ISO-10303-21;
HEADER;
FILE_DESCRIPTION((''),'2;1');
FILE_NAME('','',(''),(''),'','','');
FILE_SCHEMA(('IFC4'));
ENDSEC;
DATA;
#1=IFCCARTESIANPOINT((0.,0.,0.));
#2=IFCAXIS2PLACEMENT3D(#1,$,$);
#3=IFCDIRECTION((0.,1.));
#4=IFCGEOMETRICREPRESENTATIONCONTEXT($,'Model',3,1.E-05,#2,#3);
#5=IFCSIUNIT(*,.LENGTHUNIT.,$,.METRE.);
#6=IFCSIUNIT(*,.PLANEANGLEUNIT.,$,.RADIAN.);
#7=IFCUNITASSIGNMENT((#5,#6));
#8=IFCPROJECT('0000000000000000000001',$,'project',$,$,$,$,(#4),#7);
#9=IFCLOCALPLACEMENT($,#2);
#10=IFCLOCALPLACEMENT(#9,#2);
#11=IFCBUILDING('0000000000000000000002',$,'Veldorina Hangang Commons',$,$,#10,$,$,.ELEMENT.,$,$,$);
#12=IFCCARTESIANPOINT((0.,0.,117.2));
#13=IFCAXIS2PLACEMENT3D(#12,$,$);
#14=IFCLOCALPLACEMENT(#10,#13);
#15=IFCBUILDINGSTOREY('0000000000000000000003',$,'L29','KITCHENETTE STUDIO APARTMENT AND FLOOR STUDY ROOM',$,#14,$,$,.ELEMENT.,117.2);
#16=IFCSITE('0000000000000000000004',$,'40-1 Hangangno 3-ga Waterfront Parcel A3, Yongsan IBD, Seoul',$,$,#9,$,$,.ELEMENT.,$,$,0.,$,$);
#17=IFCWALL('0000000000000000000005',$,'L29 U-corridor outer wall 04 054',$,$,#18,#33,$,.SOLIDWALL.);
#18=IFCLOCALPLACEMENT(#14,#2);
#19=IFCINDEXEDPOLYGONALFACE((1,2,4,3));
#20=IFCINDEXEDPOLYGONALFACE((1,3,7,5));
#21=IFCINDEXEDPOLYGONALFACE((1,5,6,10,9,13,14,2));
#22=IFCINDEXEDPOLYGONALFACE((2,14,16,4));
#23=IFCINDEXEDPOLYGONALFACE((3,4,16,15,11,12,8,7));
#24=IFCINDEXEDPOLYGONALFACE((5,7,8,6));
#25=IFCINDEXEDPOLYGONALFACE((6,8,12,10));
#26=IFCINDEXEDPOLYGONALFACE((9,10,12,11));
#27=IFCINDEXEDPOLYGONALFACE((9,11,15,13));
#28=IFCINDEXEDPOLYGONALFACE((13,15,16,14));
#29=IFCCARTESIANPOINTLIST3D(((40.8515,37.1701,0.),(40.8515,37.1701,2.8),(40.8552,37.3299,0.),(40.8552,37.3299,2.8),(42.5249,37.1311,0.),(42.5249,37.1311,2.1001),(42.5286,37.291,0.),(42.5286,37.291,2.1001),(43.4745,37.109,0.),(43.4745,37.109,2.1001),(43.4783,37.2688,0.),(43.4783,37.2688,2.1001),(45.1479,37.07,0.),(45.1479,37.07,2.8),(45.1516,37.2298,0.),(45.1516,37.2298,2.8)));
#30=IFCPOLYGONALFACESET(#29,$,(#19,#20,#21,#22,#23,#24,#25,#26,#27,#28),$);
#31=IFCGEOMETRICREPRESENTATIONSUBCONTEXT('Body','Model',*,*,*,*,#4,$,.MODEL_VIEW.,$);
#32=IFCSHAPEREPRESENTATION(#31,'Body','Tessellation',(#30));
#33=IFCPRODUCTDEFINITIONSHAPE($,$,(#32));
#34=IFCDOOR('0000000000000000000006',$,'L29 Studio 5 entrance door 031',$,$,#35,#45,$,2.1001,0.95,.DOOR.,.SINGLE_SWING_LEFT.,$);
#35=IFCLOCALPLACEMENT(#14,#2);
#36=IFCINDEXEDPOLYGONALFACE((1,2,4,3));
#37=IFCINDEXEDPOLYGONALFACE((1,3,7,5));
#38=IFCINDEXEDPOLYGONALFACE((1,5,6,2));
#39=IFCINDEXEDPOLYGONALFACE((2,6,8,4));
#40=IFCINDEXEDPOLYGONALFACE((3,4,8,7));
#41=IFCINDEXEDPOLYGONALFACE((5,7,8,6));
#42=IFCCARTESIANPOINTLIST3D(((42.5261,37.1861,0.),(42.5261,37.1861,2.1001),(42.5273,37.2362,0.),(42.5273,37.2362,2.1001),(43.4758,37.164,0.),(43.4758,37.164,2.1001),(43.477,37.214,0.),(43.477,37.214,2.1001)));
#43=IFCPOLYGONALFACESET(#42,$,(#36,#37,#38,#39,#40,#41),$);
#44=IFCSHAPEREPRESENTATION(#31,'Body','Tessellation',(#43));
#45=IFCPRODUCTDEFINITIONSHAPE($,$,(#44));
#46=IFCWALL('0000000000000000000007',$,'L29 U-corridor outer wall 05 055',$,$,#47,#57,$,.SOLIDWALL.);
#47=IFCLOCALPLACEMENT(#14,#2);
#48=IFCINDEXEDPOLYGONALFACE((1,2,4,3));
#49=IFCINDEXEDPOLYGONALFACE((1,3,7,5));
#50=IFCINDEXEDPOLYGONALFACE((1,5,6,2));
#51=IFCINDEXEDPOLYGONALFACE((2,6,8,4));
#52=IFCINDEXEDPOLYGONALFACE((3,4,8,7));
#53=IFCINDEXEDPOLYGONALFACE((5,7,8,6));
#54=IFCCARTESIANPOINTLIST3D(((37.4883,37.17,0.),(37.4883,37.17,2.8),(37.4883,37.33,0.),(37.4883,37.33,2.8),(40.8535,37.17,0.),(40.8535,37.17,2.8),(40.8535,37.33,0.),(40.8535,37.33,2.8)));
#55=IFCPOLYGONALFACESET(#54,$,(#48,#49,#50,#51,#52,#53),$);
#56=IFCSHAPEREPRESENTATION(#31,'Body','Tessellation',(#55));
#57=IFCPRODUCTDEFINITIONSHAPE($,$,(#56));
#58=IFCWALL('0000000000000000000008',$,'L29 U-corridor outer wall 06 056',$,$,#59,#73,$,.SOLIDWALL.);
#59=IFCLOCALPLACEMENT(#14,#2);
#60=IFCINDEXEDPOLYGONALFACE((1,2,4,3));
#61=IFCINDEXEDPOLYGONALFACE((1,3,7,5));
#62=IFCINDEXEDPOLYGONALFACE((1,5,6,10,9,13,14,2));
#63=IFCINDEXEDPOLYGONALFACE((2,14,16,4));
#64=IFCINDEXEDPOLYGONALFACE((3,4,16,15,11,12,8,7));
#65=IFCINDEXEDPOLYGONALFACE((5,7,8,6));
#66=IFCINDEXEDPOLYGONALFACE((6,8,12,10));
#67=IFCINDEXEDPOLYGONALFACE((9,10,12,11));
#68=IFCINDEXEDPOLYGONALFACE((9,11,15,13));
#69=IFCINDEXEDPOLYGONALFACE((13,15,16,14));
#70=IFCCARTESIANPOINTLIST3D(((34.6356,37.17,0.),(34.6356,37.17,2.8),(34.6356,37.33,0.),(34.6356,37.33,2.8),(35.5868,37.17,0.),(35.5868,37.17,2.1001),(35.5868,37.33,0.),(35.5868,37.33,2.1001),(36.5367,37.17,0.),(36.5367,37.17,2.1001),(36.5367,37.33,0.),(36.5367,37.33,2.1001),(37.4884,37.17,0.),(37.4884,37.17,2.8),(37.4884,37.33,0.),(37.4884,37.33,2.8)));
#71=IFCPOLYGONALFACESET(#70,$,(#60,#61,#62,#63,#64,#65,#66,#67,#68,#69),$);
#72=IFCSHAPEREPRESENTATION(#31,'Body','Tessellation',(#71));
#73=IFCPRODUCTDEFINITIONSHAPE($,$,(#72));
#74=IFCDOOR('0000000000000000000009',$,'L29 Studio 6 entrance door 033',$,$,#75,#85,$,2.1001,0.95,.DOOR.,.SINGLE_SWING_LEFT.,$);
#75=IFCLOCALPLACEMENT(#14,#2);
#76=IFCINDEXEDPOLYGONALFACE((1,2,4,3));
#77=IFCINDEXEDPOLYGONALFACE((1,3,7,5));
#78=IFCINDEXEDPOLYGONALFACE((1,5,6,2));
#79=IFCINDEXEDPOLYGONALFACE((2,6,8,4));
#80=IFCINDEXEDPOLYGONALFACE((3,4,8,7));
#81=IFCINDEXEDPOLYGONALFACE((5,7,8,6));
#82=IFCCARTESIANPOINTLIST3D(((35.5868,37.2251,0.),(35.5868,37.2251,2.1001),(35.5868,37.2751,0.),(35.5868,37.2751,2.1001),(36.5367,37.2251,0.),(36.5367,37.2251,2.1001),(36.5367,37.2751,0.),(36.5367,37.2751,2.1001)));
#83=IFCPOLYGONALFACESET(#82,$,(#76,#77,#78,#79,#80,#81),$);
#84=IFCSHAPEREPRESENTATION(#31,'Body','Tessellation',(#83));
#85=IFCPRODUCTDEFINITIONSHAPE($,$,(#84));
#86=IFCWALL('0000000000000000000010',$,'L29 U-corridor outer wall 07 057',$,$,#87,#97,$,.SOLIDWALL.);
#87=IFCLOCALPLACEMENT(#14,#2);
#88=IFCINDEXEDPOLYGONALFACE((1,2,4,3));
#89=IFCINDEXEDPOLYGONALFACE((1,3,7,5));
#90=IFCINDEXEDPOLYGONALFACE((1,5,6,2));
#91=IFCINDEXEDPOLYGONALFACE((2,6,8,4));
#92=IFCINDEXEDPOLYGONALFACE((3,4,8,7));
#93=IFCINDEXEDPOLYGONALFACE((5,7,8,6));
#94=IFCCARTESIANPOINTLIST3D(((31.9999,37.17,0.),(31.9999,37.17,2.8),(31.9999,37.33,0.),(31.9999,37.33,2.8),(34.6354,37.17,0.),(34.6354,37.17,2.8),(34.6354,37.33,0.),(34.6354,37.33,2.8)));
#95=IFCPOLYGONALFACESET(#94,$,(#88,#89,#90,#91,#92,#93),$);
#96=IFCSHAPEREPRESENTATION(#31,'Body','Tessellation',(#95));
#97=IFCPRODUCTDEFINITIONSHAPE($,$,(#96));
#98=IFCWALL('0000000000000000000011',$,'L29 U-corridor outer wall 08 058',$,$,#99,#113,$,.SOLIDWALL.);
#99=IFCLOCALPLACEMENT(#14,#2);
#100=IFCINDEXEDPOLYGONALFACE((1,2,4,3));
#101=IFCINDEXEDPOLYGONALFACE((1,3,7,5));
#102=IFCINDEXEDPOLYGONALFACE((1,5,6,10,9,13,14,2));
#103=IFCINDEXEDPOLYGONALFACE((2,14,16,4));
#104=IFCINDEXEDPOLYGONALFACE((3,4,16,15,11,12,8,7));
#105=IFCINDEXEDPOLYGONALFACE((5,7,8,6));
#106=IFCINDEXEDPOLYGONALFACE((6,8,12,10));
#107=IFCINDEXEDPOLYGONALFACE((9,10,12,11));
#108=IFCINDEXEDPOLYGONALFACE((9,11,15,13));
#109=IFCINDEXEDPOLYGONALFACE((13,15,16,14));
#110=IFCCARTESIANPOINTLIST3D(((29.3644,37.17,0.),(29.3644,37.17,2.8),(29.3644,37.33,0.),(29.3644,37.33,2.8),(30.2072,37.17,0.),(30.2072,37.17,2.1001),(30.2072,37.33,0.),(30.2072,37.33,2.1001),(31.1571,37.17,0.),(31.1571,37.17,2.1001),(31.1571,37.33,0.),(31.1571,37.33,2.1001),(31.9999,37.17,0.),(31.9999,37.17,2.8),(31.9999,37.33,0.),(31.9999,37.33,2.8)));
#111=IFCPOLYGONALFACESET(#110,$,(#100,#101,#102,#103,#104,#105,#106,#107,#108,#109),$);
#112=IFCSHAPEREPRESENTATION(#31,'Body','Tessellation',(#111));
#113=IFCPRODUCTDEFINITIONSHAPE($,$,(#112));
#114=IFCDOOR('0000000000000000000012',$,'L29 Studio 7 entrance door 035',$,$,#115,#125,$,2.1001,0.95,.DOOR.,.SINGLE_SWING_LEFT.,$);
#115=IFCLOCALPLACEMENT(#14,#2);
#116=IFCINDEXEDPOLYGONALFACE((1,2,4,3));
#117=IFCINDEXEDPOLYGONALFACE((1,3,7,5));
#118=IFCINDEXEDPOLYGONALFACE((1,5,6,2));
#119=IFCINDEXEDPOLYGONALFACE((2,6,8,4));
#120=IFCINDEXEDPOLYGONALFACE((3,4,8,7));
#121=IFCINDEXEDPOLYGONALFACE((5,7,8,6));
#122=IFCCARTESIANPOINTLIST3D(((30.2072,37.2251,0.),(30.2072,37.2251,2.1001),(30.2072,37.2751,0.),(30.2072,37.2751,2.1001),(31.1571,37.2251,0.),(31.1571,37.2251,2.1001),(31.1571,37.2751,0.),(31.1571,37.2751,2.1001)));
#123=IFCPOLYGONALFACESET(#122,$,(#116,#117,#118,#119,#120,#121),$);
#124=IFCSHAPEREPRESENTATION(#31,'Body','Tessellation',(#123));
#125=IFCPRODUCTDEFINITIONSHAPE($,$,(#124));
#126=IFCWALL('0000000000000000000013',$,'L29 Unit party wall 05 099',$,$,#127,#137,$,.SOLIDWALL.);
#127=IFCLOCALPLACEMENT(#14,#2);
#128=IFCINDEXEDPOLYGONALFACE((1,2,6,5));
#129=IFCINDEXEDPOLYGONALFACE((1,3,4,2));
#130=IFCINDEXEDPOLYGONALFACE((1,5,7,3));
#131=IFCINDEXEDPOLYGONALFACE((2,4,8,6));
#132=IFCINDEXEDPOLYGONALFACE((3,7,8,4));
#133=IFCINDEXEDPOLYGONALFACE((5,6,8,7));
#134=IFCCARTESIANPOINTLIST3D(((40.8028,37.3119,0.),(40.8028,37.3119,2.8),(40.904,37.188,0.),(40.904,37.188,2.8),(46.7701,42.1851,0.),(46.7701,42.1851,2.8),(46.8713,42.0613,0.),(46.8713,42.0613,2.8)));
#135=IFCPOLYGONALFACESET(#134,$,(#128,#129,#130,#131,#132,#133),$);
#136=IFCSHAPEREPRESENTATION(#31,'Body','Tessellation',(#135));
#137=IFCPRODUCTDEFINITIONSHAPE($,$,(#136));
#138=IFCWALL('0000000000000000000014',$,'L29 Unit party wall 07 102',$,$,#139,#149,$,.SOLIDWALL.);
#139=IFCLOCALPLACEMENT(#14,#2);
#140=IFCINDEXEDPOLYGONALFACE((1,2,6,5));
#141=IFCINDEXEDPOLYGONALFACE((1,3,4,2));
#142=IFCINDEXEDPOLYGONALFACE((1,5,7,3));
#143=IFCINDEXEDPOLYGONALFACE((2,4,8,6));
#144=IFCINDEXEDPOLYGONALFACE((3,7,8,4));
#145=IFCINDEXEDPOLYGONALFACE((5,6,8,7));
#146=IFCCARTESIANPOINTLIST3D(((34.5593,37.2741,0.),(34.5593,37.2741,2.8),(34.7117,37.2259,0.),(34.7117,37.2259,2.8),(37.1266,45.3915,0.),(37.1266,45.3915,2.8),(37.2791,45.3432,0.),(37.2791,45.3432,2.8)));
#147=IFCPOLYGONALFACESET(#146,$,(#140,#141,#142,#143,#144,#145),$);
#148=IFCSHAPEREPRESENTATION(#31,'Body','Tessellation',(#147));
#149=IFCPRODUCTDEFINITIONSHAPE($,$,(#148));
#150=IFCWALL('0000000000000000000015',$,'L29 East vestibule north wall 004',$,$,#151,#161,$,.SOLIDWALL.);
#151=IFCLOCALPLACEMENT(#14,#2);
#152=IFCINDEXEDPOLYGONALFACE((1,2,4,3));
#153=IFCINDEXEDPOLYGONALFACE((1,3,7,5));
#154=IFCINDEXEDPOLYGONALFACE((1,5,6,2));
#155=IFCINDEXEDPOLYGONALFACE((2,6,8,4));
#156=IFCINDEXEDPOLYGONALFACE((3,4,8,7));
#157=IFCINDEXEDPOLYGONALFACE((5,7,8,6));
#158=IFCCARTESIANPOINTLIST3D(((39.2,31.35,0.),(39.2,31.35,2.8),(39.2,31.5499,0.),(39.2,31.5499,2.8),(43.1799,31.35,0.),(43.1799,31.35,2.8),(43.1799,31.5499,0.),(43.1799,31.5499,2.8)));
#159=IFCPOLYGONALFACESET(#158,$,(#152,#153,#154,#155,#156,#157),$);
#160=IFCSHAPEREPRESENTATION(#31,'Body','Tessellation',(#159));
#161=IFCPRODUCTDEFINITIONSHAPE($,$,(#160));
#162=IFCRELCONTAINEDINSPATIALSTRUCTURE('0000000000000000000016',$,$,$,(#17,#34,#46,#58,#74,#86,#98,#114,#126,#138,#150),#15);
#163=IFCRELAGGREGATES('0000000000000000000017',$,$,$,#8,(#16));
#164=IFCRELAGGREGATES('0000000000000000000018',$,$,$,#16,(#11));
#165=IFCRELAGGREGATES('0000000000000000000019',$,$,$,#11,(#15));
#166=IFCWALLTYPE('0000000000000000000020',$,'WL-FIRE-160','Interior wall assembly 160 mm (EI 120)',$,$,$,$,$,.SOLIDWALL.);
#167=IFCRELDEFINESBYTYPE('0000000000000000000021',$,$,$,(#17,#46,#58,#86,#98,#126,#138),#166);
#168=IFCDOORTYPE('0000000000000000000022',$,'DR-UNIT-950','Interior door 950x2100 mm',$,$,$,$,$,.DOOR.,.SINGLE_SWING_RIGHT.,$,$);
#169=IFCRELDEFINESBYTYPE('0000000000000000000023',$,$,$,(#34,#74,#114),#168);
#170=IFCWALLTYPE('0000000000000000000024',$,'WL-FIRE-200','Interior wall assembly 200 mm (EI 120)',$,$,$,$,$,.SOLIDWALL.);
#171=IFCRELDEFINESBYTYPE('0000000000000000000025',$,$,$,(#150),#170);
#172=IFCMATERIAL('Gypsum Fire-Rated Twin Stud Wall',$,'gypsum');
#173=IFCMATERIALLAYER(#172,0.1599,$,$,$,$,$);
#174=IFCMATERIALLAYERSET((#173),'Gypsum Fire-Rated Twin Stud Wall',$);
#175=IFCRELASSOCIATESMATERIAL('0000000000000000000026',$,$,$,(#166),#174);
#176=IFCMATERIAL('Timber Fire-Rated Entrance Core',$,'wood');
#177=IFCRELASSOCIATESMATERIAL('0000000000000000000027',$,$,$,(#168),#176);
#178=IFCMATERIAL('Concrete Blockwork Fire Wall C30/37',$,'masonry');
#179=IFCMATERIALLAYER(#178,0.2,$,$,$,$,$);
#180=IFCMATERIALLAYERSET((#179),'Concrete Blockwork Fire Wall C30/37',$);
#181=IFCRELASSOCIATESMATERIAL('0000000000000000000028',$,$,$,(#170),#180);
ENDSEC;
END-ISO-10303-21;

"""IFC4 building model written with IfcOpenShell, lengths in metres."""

from ifc_helpers import new_model, si_unit, direction, frame, frame_2d, origin, place, context, subcontext, project, spatial, rectangle, extrude, material, layer, layer_set, type_object, element, fill, save


model = new_model("IFC4")

# Units and contexts
model_context = context("Model", 3, precision=1e-05, world=origin(), true_north=direction((0.0, 1.0)))
body_context = subcontext(model_context, "Body", "Model", "MODEL_VIEW")
ifc_project = project(units=[si_unit("LENGTHUNIT", "METRE"), si_unit("PLANEANGLEUNIT", "RADIAN")], contexts=[model_context])

# Site, building, storey
site_placement = place(None, origin())
site = spatial("IfcSite", under=ifc_project, at=site_placement, Name="40-1 Hangangno 3-ga Waterfront Parcel A3, Yongsan IBD, Seoul", CompositionType="ELEMENT", RefElevation=0.0)
building_placement = place(site_placement, origin())
building = spatial("IfcBuilding", under=site, at=building_placement, Name="Veldorina Hangang Commons", CompositionType="ELEMENT")
storey_placement = place(building_placement, frame((0.0, 0.0, 117.2)))
storey = spatial("IfcBuildingStorey", under=building, at=storey_placement, Name="L29", Description="KITCHENETTE STUDIO APARTMENT AND FLOOR STUDY ROOM", CompositionType="ELEMENT", Elevation=117.2)

# Wall, opening, door
ifc_material_1 = material(Name="Gypsum Fire-Rated Twin Stud Wall", Category="gypsum")
ifc_layer_1 = layer(ifc_material_1, 0.1599)
ifc_layer_set_1 = layer_set([ifc_layer_1], Name="Gypsum Fire-Rated Twin Stud Wall")
wall_type_1 = type_object("IfcWallType", Name="WL-FIRE-160", Description="Interior wall assembly 160 mm (EI 120)", PredefinedType="SOLIDWALL", material=ifc_layer_set_1)
wall_1_placement = place(storey_placement, frame((45.1499, 37.1499, 0.0), z_axis=(0.0, 0.0, 1.0), x_axis=(-0.999729, 0.023292, 0.0)))
wall_1 = element("IfcWall", 1, at=wall_1_placement, inside=storey, type_object=wall_type_1, Name="L29 U-corridor outer wall 04 054", PredefinedType="SOLIDWALL", context=body_context, shape_type="SweptSolid", body=[
    extrude(rectangle(XDim=4.2976, YDim=0.1599, at=frame_2d((2.1489, 0.0))), origin(), (0.0, 0.0, 1.0), 2.8),
])
opening_1_placement = place(wall_1_placement, frame((1.6738, 0.0, 0.0)))
opening_1 = element("IfcOpeningElement", 2, at=opening_1_placement, cuts=wall_1, PredefinedType="OPENING", context=body_context, shape_type="SweptSolid", body=[
    extrude(rectangle(XDim=0.95, YDim=2.1001, at=frame_2d((0.4751, 1.05))), frame((0.0, 0.0898, 0.0), z_axis=(0.0, -1.0, 0.0), x_axis=(1.0, 0.0, 0.0)), (0.0, 0.0, 1.0), 0.1799),
])
ifc_material_2 = material(Name="Timber Fire-Rated Entrance Core", Category="wood")
door_type_1 = type_object("IfcDoorType", Name="DR-UNIT-950", Description="Interior door 950x2100 mm", OperationType="SINGLE_SWING_RIGHT", PredefinedType="DOOR", material=ifc_material_2)
door_1_placement = place(opening_1_placement, origin())
door_1 = element("IfcDoor", 3, at=door_1_placement, inside=storey, type_object=door_type_1, Name="L29 Studio 5 entrance door 031", OperationType="SINGLE_SWING_LEFT", OverallHeight=2.1001, OverallWidth=0.95, PredefinedType="DOOR", context=body_context, shape_type="SweptSolid", body=[
    extrude(rectangle(XDim=0.95, YDim=2.1001, at=frame_2d((0.4751, 1.05))), frame((0.0, 0.0249, 0.0), z_axis=(0.0, -1.0, 0.0), x_axis=(1.0, 0.0, 0.0)), (0.0, 0.0, 1.0), 0.05),
])
fill(opening_1, door_1)

# Wall
wall_2_placement = place(storey_placement, frame((40.8535, 37.25, 0.0), z_axis=(0.0, 0.0, 1.0), x_axis=(-1.0, 0.0, 0.0)))
element("IfcWall", 4, at=wall_2_placement, inside=storey, type_object=wall_type_1, Name="L29 U-corridor outer wall 05 055", PredefinedType="SOLIDWALL", context=body_context, shape_type="SweptSolid", body=[
    extrude(rectangle(XDim=3.3652, YDim=0.1599, at=frame_2d((1.6826, 0.0))), origin(), (0.0, 0.0, 1.0), 2.8),
])

# Wall, opening, door
wall_3_placement = place(storey_placement, frame((37.4883, 37.25, 0.0), z_axis=(0.0, 0.0, 1.0), x_axis=(-1.0, 0.0, 0.0)))
wall_3 = element("IfcWall", 5, at=wall_3_placement, inside=storey, type_object=wall_type_1, Name="L29 U-corridor outer wall 06 056", PredefinedType="SOLIDWALL", context=body_context, shape_type="SweptSolid", body=[
    extrude(rectangle(XDim=2.8528, YDim=0.1599, at=frame_2d((1.4263, 0.0))), origin(), (0.0, 0.0, 1.0), 2.8),
])
opening_2_placement = place(wall_3_placement, frame((0.9514, 0.0, 0.0)))
opening_2 = element("IfcOpeningElement", 6, at=opening_2_placement, cuts=wall_3, PredefinedType="OPENING", context=body_context, shape_type="SweptSolid", body=[
    extrude(rectangle(XDim=0.95, YDim=2.1001, at=frame_2d((0.4751, 1.05))), frame((0.0, 0.0898, 0.0), z_axis=(0.0, -1.0, 0.0), x_axis=(1.0, 0.0, 0.0)), (0.0, 0.0, 1.0), 0.1799),
])
door_2_placement = place(opening_2_placement, origin())
door_2 = element("IfcDoor", 7, at=door_2_placement, inside=storey, type_object=door_type_1, Name="L29 Studio 6 entrance door 033", OperationType="SINGLE_SWING_LEFT", OverallHeight=2.1001, OverallWidth=0.95, PredefinedType="DOOR", context=body_context, shape_type="SweptSolid", body=[
    extrude(rectangle(XDim=0.95, YDim=2.1001, at=frame_2d((0.4751, 1.05))), frame((0.0, 0.0249, 0.0), z_axis=(0.0, -1.0, 0.0), x_axis=(1.0, 0.0, 0.0)), (0.0, 0.0, 1.0), 0.05),
])
fill(opening_2, door_2)

# Wall
wall_4_placement = place(storey_placement, frame((34.6355, 37.25, 0.0), z_axis=(0.0, 0.0, 1.0), x_axis=(-1.0, 0.0, 0.0)))
element("IfcWall", 8, at=wall_4_placement, inside=storey, type_object=wall_type_1, Name="L29 U-corridor outer wall 07 057", PredefinedType="SOLIDWALL", context=body_context, shape_type="SweptSolid", body=[
    extrude(rectangle(XDim=2.6355, YDim=0.1599, at=frame_2d((1.3179, 0.0))), origin(), (0.0, 0.0, 1.0), 2.8),
])

# Wall, opening, door
wall_5_placement = place(storey_placement, frame((32.0, 37.25, 0.0), z_axis=(0.0, 0.0, 1.0), x_axis=(-1.0, 0.0, 0.0)))
wall_5 = element("IfcWall", 9, at=wall_5_placement, inside=storey, type_object=wall_type_1, Name="L29 U-corridor outer wall 08 058", PredefinedType="SOLIDWALL", context=body_context, shape_type="SweptSolid", body=[
    extrude(rectangle(XDim=2.6355, YDim=0.1599, at=frame_2d((1.3179, 0.0))), origin(), (0.0, 0.0, 1.0), 2.8),
])
opening_3_placement = place(wall_5_placement, frame((0.8428, 0.0, 0.0)))
opening_3 = element("IfcOpeningElement", 10, at=opening_3_placement, cuts=wall_5, PredefinedType="OPENING", context=body_context, shape_type="SweptSolid", body=[
    extrude(rectangle(XDim=0.95, YDim=2.1001, at=frame_2d((0.4751, 1.05))), frame((0.0, 0.0898, 0.0), z_axis=(0.0, -1.0, 0.0), x_axis=(1.0, 0.0, 0.0)), (0.0, 0.0, 1.0), 0.1799),
])
door_3_placement = place(opening_3_placement, origin())
door_3 = element("IfcDoor", 11, at=door_3_placement, inside=storey, type_object=door_type_1, Name="L29 Studio 7 entrance door 035", OperationType="SINGLE_SWING_LEFT", OverallHeight=2.1001, OverallWidth=0.95, PredefinedType="DOOR", context=body_context, shape_type="SweptSolid", body=[
    extrude(rectangle(XDim=0.95, YDim=2.1001, at=frame_2d((0.4751, 1.05))), frame((0.0, 0.0249, 0.0), z_axis=(0.0, -1.0, 0.0), x_axis=(1.0, 0.0, 0.0)), (0.0, 0.0, 1.0), 0.05),
])
fill(opening_3, door_3)

# Walls
wall_6_placement = place(storey_placement, frame((40.8535, 37.25, 0.0), z_axis=(0.0, 0.0, 1.0), x_axis=(0.774532, 0.632535, 0.0)))
element("IfcWall", 12, at=wall_6_placement, inside=storey, type_object=wall_type_1, Name="L29 Unit party wall 05 099", PredefinedType="SOLIDWALL", context=body_context, shape_type="SweptSolid", body=[
    extrude(rectangle(XDim=7.7043, YDim=0.1599, at=frame_2d((3.8521, 0.0))), origin(), (0.0, 0.0, 1.0), 2.8),
])
wall_7_placement = place(storey_placement, frame((34.6355, 37.25, 0.0), z_axis=(0.0, 0.0, 1.0), x_axis=(0.301557, 0.953448, 0.0)))
element("IfcWall", 13, at=wall_7_placement, inside=storey, type_object=wall_type_1, Name="L29 Unit party wall 07 102", PredefinedType="SOLIDWALL", context=body_context, shape_type="SweptSolid", body=[
    extrude(rectangle(XDim=8.5137, YDim=0.1599, at=frame_2d((4.2568, 0.0))), origin(), (0.0, 0.0, 1.0), 2.8),
])
ifc_material_3 = material(Name="Concrete Blockwork Fire Wall C30/37", Category="masonry")
ifc_layer_2 = layer(ifc_material_3, 0.2)
ifc_layer_set_2 = layer_set([ifc_layer_2], Name="Concrete Blockwork Fire Wall C30/37")
wall_type_2 = type_object("IfcWallType", Name="WL-FIRE-200", Description="Interior wall assembly 200 mm (EI 120)", PredefinedType="SOLIDWALL", material=ifc_layer_set_2)
wall_8_placement = place(storey_placement, frame((39.2, 31.45, 0.0), z_axis=(0.0, 0.0, 1.0), x_axis=(1.0, 0.0, 0.0)))
element("IfcWall", 14, at=wall_8_placement, inside=storey, type_object=wall_type_2, Name="L29 East vestibule north wall 004", PredefinedType="SOLIDWALL", context=body_context, shape_type="SweptSolid", body=[
    extrude(rectangle(XDim=3.98, YDim=0.2, at=frame_2d((1.99, 0.0))), origin(), (0.0, 0.0, 1.0), 2.8),
])

save(model, "model.ifc")
